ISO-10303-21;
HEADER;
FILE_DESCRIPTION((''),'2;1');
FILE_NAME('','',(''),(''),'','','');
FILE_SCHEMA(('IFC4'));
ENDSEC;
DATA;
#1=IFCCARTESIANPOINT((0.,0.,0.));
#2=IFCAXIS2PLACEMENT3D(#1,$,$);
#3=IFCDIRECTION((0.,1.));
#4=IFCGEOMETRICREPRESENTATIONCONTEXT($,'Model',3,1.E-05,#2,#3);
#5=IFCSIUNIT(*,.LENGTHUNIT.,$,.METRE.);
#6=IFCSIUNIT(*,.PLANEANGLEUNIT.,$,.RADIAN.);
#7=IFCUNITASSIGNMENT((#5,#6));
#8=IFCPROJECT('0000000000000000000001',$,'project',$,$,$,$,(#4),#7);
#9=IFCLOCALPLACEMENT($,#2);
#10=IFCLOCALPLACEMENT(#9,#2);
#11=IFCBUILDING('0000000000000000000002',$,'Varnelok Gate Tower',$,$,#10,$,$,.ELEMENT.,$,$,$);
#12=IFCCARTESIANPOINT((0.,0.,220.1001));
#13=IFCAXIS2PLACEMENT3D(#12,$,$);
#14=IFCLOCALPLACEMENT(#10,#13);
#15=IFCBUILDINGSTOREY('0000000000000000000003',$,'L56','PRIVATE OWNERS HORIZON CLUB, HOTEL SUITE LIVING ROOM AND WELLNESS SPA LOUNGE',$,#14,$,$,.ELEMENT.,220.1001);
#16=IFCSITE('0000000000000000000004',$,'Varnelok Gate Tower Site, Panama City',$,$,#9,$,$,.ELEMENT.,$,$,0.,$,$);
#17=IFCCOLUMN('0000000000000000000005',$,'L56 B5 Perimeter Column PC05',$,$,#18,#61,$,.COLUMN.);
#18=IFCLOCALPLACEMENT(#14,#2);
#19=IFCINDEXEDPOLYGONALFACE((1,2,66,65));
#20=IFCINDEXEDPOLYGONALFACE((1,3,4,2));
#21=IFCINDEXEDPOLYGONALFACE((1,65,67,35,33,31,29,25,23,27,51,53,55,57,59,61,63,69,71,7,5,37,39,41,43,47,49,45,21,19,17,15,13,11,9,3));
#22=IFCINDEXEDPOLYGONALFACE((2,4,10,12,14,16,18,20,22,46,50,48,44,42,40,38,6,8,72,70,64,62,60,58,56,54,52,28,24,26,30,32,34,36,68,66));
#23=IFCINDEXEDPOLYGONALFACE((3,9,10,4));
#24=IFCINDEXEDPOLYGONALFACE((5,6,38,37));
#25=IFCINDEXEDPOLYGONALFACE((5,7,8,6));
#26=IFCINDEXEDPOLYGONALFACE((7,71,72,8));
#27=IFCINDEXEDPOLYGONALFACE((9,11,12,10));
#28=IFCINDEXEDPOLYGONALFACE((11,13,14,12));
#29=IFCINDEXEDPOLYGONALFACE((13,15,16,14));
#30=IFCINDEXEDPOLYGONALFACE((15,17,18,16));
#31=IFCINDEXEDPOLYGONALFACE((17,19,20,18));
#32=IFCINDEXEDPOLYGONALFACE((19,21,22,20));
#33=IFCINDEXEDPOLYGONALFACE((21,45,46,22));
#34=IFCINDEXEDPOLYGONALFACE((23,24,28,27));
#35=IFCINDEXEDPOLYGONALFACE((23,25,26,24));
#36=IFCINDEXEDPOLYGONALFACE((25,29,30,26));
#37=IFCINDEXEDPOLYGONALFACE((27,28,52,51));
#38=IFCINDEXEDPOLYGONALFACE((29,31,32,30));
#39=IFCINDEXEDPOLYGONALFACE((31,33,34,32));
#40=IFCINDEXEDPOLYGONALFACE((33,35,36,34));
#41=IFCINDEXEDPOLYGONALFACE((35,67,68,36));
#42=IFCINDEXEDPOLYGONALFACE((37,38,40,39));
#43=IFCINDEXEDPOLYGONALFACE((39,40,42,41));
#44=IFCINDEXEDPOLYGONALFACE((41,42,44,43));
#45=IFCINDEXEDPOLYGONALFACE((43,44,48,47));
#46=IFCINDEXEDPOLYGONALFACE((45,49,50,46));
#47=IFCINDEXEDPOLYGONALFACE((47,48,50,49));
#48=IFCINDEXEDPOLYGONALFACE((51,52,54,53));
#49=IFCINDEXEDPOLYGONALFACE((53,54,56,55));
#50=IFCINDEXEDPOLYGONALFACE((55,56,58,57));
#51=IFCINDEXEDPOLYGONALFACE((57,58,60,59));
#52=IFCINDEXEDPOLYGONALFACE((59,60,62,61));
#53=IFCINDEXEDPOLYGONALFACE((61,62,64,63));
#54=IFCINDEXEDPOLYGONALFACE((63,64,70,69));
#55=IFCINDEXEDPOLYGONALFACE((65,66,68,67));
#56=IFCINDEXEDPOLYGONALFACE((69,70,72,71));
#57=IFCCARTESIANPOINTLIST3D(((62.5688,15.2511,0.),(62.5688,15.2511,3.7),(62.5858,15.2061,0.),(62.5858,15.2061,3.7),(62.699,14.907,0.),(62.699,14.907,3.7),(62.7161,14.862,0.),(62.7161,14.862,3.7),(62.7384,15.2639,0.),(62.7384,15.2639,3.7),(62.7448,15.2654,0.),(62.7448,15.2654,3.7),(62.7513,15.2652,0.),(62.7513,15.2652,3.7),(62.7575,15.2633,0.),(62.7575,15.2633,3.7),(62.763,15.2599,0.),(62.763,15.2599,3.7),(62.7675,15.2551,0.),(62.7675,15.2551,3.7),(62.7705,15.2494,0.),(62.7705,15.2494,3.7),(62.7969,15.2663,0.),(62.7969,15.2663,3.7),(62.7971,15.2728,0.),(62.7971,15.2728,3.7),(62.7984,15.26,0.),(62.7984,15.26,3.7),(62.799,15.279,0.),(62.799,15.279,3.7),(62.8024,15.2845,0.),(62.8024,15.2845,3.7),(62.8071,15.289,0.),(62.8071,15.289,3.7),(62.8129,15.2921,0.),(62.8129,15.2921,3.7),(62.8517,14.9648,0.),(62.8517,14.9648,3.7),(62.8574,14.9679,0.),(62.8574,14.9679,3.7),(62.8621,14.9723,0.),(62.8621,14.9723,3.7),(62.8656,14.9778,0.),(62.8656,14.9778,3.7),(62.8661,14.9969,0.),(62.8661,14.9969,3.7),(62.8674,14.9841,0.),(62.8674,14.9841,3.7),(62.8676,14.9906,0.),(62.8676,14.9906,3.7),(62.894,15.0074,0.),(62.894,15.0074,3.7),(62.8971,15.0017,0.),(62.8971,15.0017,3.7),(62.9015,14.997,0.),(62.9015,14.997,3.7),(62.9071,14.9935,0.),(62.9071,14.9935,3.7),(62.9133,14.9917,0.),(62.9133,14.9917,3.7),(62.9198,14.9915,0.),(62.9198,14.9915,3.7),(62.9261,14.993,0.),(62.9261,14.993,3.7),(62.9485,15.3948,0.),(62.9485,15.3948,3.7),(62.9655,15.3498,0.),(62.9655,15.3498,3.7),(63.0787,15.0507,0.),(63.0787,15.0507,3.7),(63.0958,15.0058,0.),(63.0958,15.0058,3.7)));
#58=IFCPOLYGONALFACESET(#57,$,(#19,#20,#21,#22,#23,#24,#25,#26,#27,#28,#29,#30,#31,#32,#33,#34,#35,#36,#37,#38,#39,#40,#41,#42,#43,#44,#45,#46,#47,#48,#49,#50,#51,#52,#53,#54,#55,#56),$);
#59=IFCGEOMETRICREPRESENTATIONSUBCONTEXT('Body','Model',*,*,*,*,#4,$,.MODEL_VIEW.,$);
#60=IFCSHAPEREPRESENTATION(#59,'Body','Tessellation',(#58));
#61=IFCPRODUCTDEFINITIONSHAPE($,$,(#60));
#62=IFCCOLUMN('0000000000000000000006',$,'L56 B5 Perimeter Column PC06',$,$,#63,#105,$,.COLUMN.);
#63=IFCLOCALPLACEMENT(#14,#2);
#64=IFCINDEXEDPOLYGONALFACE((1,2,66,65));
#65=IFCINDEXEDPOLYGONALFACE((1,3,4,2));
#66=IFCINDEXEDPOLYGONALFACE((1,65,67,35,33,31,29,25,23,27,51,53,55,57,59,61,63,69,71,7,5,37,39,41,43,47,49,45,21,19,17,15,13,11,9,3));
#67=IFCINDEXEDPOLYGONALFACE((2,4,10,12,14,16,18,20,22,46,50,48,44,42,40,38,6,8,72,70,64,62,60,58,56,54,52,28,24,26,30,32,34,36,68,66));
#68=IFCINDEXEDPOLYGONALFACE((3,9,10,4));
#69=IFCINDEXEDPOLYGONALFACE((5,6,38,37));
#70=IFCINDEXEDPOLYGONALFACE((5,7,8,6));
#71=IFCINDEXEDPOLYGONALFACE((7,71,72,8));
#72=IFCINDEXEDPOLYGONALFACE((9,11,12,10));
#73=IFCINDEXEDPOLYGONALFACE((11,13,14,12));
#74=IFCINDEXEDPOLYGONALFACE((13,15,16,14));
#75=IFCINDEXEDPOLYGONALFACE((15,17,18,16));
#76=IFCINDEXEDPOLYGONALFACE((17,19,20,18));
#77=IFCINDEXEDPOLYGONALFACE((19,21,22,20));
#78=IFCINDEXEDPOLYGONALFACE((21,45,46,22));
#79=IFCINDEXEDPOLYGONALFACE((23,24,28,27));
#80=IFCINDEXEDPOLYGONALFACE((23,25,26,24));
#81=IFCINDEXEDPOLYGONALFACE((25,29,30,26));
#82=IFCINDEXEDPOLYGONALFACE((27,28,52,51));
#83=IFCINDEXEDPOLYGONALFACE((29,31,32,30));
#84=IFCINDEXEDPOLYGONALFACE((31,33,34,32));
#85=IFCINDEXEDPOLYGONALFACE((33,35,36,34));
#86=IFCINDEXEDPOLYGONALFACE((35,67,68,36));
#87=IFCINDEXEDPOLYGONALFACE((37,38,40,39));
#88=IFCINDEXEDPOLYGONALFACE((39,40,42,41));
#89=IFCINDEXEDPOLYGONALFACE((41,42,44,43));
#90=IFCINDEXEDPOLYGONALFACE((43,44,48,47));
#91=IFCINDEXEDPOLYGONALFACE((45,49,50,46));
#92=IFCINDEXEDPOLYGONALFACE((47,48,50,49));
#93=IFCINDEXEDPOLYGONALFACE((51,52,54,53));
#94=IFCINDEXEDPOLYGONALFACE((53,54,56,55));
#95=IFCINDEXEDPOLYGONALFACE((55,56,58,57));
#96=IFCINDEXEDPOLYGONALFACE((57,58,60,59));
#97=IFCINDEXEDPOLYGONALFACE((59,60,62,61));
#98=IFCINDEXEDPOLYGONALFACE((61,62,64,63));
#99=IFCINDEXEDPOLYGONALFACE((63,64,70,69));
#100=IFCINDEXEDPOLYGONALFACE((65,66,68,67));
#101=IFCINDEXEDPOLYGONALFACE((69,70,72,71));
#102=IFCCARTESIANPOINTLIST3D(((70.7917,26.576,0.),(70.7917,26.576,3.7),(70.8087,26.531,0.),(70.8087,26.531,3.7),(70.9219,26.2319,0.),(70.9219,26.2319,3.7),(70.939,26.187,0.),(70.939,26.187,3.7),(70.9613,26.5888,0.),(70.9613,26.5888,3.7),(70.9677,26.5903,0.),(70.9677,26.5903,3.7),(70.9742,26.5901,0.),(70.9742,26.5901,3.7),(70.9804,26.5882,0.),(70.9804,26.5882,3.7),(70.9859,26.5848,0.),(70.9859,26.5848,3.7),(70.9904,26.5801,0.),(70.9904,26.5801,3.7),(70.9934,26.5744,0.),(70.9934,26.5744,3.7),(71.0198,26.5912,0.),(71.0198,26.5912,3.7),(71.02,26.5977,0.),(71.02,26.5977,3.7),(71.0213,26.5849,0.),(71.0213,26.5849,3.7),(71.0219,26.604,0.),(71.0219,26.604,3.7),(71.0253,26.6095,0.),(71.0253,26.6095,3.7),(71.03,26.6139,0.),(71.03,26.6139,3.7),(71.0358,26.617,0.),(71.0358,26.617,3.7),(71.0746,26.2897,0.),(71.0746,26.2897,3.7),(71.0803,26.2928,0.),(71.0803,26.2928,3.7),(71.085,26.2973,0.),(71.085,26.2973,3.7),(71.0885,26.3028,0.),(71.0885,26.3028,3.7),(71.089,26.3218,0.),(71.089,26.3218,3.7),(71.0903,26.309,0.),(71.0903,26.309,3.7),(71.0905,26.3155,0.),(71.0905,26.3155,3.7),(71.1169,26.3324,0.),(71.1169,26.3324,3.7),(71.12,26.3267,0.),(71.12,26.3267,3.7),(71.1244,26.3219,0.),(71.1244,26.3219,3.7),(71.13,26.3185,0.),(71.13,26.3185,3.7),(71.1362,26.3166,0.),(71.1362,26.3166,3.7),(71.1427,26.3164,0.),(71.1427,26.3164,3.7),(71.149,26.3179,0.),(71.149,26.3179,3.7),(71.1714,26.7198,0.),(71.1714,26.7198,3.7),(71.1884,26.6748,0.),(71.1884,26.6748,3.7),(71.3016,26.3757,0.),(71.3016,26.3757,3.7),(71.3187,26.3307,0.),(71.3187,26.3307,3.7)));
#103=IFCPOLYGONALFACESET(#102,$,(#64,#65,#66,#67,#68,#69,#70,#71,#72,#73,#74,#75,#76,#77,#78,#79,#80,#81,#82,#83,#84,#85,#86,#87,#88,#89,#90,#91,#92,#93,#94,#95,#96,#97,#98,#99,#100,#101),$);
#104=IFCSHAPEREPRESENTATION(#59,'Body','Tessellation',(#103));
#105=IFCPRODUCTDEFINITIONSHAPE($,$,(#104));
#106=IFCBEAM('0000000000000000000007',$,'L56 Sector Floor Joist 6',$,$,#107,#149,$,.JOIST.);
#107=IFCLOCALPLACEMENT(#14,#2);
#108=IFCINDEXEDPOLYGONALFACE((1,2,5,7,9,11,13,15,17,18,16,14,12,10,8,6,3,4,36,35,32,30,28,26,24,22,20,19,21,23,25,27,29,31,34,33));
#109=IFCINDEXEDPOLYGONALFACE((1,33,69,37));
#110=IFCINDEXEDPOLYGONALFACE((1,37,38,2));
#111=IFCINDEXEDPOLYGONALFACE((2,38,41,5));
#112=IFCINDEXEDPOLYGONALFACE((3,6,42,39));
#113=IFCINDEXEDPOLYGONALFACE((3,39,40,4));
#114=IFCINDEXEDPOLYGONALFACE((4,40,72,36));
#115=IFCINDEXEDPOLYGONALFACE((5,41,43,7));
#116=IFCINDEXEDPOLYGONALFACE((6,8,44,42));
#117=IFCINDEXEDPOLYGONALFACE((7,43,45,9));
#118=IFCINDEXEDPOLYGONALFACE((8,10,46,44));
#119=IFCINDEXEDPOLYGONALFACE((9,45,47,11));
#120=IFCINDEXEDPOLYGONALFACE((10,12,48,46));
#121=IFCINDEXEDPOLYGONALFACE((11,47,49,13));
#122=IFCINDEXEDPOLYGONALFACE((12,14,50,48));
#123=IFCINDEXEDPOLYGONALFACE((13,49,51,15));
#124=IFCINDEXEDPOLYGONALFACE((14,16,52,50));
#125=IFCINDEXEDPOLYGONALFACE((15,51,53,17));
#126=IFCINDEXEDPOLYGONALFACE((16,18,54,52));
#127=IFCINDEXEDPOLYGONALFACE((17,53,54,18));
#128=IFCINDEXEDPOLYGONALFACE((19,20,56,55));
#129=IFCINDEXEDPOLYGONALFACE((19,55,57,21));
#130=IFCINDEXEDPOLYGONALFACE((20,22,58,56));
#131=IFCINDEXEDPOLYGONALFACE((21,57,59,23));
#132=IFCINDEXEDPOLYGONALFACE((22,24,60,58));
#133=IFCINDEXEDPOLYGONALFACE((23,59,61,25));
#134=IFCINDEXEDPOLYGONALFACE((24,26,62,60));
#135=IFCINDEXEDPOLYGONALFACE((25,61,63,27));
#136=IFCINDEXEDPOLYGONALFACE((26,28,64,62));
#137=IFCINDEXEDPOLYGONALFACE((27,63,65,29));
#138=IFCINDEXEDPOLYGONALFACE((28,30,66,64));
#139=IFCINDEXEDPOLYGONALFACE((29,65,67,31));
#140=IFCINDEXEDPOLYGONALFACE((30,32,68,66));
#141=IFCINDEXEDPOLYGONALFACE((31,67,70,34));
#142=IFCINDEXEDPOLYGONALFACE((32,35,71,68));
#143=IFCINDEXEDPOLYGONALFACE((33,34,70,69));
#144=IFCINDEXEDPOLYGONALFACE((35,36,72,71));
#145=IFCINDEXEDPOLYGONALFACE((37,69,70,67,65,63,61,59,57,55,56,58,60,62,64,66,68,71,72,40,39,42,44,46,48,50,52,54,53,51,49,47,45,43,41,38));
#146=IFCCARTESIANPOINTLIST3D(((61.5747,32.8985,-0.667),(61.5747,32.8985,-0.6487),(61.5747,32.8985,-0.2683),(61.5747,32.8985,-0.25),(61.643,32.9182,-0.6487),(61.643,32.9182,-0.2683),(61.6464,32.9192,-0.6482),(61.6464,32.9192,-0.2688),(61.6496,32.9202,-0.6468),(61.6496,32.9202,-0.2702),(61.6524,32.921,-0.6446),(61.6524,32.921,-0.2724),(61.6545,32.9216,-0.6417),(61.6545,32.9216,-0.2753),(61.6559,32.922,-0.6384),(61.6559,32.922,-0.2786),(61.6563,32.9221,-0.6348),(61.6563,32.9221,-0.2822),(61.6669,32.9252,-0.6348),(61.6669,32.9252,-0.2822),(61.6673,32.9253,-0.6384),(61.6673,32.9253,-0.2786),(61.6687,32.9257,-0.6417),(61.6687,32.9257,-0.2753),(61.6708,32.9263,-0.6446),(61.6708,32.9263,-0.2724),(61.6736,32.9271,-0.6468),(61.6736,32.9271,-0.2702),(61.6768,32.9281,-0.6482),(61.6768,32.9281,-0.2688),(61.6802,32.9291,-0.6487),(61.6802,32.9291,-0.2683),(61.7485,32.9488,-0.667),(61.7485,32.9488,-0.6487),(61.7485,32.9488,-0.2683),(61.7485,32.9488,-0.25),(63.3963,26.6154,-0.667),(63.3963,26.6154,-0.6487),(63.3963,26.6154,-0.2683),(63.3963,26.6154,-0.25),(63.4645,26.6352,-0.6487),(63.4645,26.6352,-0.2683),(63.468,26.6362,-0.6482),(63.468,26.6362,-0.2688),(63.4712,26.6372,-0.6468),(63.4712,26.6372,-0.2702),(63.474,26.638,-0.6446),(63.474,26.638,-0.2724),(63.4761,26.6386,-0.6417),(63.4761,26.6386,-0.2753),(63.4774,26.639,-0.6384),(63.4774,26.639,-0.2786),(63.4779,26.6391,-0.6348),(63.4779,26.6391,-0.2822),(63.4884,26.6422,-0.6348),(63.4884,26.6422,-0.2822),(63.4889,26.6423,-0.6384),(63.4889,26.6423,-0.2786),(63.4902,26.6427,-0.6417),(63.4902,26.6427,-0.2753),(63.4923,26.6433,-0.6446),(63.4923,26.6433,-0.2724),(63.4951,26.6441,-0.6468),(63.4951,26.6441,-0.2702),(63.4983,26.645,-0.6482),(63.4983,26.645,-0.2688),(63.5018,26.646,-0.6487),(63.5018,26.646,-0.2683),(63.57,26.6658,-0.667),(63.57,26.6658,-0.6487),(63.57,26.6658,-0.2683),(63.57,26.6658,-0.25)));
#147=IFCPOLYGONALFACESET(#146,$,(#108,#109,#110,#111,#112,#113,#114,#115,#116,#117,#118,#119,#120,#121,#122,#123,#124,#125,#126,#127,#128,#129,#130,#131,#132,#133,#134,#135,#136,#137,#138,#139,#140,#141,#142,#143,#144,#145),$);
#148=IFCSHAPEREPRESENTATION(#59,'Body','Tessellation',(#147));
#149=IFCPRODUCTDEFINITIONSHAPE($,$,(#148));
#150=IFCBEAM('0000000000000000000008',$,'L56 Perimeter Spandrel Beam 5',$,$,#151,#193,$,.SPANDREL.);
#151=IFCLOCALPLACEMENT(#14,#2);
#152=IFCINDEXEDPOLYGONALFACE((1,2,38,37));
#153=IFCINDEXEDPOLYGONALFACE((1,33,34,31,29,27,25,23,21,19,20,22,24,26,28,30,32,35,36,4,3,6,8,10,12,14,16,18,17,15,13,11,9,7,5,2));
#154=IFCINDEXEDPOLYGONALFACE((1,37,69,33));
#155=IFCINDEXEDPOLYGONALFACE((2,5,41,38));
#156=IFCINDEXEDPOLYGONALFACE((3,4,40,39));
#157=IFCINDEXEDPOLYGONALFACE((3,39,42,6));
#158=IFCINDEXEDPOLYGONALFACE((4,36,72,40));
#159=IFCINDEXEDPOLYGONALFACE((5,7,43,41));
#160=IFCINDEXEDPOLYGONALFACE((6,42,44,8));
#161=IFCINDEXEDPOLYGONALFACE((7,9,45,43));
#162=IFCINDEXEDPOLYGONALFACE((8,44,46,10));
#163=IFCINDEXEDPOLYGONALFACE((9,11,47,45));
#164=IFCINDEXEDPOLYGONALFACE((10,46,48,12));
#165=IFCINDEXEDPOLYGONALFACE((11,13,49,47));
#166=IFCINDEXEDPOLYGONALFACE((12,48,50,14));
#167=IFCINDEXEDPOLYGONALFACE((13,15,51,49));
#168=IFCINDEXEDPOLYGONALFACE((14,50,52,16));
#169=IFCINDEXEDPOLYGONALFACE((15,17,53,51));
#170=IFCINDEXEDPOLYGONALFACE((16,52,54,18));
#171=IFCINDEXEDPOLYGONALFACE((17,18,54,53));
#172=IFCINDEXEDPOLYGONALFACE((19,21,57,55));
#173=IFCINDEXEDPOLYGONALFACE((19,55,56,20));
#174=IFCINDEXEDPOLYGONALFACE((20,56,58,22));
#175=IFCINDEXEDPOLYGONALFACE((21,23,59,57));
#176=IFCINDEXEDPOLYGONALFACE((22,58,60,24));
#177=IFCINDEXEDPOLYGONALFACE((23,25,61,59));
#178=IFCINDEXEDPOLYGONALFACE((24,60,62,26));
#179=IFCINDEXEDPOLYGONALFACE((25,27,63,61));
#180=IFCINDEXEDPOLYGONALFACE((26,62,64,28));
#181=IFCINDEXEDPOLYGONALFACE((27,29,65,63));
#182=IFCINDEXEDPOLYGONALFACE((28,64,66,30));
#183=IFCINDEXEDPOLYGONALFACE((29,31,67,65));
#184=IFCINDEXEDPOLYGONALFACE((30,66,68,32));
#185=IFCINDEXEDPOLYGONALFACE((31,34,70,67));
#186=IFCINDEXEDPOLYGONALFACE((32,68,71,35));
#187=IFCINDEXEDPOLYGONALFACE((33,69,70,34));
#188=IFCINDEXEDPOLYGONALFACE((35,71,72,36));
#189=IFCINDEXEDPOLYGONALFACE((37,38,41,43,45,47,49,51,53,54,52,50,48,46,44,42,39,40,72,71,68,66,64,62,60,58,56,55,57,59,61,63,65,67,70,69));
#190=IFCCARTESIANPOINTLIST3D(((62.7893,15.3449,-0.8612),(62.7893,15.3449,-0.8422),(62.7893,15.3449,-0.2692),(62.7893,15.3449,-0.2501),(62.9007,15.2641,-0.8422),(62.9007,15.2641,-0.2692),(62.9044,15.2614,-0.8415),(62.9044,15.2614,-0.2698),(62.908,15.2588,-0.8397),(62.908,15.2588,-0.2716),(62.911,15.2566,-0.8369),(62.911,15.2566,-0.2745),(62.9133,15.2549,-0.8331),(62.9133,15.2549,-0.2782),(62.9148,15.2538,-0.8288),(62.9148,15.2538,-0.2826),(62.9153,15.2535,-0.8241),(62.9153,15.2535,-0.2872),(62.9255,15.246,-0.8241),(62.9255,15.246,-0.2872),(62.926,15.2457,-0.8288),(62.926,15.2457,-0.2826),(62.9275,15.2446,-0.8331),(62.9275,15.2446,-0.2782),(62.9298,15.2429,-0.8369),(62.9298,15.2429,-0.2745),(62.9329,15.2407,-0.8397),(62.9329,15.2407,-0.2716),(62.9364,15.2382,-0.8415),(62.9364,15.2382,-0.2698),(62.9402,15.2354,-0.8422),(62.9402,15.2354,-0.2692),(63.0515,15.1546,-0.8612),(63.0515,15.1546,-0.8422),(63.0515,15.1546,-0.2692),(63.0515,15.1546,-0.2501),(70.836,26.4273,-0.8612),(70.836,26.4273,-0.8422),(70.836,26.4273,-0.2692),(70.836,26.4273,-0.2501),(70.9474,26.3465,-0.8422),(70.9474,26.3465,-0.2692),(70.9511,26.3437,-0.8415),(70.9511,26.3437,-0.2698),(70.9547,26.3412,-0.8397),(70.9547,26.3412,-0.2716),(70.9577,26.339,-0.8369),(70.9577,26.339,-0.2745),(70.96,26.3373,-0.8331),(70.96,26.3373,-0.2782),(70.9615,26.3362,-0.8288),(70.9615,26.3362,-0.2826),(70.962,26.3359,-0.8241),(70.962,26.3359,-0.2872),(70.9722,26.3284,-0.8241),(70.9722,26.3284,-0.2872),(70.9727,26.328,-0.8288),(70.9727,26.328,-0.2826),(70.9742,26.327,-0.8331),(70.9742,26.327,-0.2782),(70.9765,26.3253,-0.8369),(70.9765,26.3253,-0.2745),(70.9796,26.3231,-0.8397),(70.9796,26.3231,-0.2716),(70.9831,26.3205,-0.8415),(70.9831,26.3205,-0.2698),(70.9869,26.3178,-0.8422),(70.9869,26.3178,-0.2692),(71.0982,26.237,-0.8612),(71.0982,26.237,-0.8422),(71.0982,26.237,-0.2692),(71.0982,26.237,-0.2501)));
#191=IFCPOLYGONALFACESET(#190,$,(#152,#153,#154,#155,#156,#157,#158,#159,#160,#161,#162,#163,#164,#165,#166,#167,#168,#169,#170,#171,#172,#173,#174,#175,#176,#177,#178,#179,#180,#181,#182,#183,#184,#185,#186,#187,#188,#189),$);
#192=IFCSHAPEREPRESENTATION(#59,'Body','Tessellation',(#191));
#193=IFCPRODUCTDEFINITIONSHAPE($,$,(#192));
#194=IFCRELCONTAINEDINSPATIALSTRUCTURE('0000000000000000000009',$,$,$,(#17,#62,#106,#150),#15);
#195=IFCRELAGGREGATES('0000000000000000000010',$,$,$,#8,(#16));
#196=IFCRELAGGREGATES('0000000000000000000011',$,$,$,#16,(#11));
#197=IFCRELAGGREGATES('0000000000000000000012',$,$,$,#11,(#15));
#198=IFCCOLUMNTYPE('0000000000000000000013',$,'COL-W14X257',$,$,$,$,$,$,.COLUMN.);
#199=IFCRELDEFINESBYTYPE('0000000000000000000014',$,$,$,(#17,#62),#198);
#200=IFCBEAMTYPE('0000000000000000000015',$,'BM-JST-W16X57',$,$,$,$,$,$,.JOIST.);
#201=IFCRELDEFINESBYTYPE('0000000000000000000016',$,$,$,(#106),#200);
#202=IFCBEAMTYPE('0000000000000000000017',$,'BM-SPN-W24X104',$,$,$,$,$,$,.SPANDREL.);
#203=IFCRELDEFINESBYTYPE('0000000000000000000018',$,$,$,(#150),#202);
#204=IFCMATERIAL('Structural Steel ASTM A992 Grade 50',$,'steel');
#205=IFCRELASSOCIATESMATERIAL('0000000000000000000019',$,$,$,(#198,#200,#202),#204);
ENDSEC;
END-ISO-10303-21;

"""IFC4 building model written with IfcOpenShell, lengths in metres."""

from ifc_helpers import new_model, si_unit, direction, frame, origin, origin_2d, place, context, subcontext, project, spatial, i_section, extrude, material, material_profile, profile_set, type_object, element, save


model = new_model("IFC4")

# Units and contexts
model_context = context("Model", 3, precision=1e-05, world=origin(), true_north=direction((0.0, 1.0)))
body_context = subcontext(model_context, "Body", "Model", "MODEL_VIEW")
ifc_project = project(units=[si_unit("LENGTHUNIT", "METRE"), si_unit("PLANEANGLEUNIT", "RADIAN")], contexts=[model_context])

# Site, building, storey
site_placement = place(None, origin())
site = spatial("IfcSite", under=ifc_project, at=site_placement, Name="Varnelok Gate Tower Site, Panama City", CompositionType="ELEMENT", RefElevation=0.0)
building_placement = place(site_placement, origin())
building = spatial("IfcBuilding", under=site, at=building_placement, Name="Varnelok Gate Tower", CompositionType="ELEMENT")
storey_placement = place(building_placement, frame((0.0, 0.0, 220.1001)))
storey = spatial("IfcBuildingStorey", under=building, at=storey_placement, Name="L56", Description="PRIVATE OWNERS HORIZON CLUB, HOTEL SUITE LIVING ROOM AND WELLNESS SPA LOUNGE", CompositionType="ELEMENT", Elevation=220.1001)

# Columns
ifc_material_1 = material(Name="Structural Steel ASTM A992 Grade 50", Category="steel")
ifc_material_profile_1 = material_profile(ifc_material_1, i_section(OverallWidth=0.406, OverallDepth=0.416, WebThickness=0.0298, FlangeThickness=0.0481, FilletRadius=0.0249, at=origin_2d()), Name="W14X257")
ifc_profile_set_1 = profile_set([ifc_material_profile_1], Name="Structural Steel ASTM A992 Grade 50")
column_type = type_object("IfcColumnType", Name="COL-W14X257", PredefinedType="COLUMN", material=ifc_profile_set_1)
for number, where, z_axis, x_axis, name in (
    (1, (62.8323, 15.1284, 0.0), (0.0, 0.0, 1.0), (0.935222, 0.354063, 0.0), "L56 B5 Perimeter Column PC05"),
    (2, (71.0552, 26.4534, 0.0), (0.0, 0.0, 1.0), (0.935222, 0.354063, 0.0), "L56 B5 Perimeter Column PC06"),
):
    element("IfcColumn", number, at=place(storey_placement, frame(where, z_axis=z_axis, x_axis=x_axis)), inside=storey, type_object=column_type, Name=name, PredefinedType="COLUMN", context=body_context, shape_type="SweptSolid", body=[
        extrude(i_section(OverallWidth=0.406, OverallDepth=0.416, WebThickness=0.0298, FlangeThickness=0.0481, FilletRadius=0.0249, at=origin_2d()), origin(), (0.0, 0.0, 1.0), 3.7),
    ])

# Beams
ifc_material_profile_2 = material_profile(ifc_material_1, i_section(OverallWidth=0.1809, OverallDepth=0.417, WebThickness=0.011, FlangeThickness=0.0183, FilletRadius=0.0139, at=origin_2d()), Name="W16X57")
ifc_profile_set_2 = profile_set([ifc_material_profile_2], Name="Structural Steel ASTM A992 Grade 50")
beam_type_1 = type_object("IfcBeamType", Name="BM-JST-W16X57", PredefinedType="JOIST", material=ifc_profile_set_2)
beam_1_placement = place(storey_placement, frame((63.4832, 26.6406, -0.4585), z_axis=(-0.27845, 0.960451, 0.0), x_axis=(-0.960451, -0.27845, 0.0)))
element("IfcBeam", 3, at=beam_1_placement, inside=storey, type_object=beam_type_1, Name="L56 Sector Floor Joist 6", PredefinedType="JOIST", context=body_context, shape_type="SweptSolid", body=[
    extrude(i_section(OverallWidth=0.1809, OverallDepth=0.417, WebThickness=0.011, FlangeThickness=0.0183, FilletRadius=0.0139, at=origin_2d()), origin(), (0.0, 0.0, 1.0), 6.5417),
])
ifc_material_profile_3 = material_profile(ifc_material_1, i_section(OverallWidth=0.324, OverallDepth=0.6111, WebThickness=0.0127, FlangeThickness=0.019, FilletRadius=0.0181, at=origin_2d()), Name="W24X104")
ifc_profile_set_3 = profile_set([ifc_material_profile_3], Name="Structural Steel ASTM A992 Grade 50")
beam_type_2 = type_object("IfcBeamType", Name="BM-SPN-W24X104", PredefinedType="SPANDREL", material=ifc_profile_set_3)
beam_2_placement = place(storey_placement, frame((62.9204, 15.2498, -0.5557), z_axis=(0.587541, 0.809195, 0.0), x_axis=(-0.809195, 0.587541, 0.0)))
element("IfcBeam", 4, at=beam_2_placement, inside=storey, type_object=beam_type_2, Name="L56 Perimeter Spandrel Beam 5", PredefinedType="SPANDREL", context=body_context, shape_type="SweptSolid", body=[
    extrude(i_section(OverallWidth=0.324, OverallDepth=0.6111, WebThickness=0.0127, FlangeThickness=0.019, FilletRadius=0.0181, at=origin_2d()), origin(), (0.0, 0.0, 1.0), 13.6956),
])

save(model, "model.ifc")
